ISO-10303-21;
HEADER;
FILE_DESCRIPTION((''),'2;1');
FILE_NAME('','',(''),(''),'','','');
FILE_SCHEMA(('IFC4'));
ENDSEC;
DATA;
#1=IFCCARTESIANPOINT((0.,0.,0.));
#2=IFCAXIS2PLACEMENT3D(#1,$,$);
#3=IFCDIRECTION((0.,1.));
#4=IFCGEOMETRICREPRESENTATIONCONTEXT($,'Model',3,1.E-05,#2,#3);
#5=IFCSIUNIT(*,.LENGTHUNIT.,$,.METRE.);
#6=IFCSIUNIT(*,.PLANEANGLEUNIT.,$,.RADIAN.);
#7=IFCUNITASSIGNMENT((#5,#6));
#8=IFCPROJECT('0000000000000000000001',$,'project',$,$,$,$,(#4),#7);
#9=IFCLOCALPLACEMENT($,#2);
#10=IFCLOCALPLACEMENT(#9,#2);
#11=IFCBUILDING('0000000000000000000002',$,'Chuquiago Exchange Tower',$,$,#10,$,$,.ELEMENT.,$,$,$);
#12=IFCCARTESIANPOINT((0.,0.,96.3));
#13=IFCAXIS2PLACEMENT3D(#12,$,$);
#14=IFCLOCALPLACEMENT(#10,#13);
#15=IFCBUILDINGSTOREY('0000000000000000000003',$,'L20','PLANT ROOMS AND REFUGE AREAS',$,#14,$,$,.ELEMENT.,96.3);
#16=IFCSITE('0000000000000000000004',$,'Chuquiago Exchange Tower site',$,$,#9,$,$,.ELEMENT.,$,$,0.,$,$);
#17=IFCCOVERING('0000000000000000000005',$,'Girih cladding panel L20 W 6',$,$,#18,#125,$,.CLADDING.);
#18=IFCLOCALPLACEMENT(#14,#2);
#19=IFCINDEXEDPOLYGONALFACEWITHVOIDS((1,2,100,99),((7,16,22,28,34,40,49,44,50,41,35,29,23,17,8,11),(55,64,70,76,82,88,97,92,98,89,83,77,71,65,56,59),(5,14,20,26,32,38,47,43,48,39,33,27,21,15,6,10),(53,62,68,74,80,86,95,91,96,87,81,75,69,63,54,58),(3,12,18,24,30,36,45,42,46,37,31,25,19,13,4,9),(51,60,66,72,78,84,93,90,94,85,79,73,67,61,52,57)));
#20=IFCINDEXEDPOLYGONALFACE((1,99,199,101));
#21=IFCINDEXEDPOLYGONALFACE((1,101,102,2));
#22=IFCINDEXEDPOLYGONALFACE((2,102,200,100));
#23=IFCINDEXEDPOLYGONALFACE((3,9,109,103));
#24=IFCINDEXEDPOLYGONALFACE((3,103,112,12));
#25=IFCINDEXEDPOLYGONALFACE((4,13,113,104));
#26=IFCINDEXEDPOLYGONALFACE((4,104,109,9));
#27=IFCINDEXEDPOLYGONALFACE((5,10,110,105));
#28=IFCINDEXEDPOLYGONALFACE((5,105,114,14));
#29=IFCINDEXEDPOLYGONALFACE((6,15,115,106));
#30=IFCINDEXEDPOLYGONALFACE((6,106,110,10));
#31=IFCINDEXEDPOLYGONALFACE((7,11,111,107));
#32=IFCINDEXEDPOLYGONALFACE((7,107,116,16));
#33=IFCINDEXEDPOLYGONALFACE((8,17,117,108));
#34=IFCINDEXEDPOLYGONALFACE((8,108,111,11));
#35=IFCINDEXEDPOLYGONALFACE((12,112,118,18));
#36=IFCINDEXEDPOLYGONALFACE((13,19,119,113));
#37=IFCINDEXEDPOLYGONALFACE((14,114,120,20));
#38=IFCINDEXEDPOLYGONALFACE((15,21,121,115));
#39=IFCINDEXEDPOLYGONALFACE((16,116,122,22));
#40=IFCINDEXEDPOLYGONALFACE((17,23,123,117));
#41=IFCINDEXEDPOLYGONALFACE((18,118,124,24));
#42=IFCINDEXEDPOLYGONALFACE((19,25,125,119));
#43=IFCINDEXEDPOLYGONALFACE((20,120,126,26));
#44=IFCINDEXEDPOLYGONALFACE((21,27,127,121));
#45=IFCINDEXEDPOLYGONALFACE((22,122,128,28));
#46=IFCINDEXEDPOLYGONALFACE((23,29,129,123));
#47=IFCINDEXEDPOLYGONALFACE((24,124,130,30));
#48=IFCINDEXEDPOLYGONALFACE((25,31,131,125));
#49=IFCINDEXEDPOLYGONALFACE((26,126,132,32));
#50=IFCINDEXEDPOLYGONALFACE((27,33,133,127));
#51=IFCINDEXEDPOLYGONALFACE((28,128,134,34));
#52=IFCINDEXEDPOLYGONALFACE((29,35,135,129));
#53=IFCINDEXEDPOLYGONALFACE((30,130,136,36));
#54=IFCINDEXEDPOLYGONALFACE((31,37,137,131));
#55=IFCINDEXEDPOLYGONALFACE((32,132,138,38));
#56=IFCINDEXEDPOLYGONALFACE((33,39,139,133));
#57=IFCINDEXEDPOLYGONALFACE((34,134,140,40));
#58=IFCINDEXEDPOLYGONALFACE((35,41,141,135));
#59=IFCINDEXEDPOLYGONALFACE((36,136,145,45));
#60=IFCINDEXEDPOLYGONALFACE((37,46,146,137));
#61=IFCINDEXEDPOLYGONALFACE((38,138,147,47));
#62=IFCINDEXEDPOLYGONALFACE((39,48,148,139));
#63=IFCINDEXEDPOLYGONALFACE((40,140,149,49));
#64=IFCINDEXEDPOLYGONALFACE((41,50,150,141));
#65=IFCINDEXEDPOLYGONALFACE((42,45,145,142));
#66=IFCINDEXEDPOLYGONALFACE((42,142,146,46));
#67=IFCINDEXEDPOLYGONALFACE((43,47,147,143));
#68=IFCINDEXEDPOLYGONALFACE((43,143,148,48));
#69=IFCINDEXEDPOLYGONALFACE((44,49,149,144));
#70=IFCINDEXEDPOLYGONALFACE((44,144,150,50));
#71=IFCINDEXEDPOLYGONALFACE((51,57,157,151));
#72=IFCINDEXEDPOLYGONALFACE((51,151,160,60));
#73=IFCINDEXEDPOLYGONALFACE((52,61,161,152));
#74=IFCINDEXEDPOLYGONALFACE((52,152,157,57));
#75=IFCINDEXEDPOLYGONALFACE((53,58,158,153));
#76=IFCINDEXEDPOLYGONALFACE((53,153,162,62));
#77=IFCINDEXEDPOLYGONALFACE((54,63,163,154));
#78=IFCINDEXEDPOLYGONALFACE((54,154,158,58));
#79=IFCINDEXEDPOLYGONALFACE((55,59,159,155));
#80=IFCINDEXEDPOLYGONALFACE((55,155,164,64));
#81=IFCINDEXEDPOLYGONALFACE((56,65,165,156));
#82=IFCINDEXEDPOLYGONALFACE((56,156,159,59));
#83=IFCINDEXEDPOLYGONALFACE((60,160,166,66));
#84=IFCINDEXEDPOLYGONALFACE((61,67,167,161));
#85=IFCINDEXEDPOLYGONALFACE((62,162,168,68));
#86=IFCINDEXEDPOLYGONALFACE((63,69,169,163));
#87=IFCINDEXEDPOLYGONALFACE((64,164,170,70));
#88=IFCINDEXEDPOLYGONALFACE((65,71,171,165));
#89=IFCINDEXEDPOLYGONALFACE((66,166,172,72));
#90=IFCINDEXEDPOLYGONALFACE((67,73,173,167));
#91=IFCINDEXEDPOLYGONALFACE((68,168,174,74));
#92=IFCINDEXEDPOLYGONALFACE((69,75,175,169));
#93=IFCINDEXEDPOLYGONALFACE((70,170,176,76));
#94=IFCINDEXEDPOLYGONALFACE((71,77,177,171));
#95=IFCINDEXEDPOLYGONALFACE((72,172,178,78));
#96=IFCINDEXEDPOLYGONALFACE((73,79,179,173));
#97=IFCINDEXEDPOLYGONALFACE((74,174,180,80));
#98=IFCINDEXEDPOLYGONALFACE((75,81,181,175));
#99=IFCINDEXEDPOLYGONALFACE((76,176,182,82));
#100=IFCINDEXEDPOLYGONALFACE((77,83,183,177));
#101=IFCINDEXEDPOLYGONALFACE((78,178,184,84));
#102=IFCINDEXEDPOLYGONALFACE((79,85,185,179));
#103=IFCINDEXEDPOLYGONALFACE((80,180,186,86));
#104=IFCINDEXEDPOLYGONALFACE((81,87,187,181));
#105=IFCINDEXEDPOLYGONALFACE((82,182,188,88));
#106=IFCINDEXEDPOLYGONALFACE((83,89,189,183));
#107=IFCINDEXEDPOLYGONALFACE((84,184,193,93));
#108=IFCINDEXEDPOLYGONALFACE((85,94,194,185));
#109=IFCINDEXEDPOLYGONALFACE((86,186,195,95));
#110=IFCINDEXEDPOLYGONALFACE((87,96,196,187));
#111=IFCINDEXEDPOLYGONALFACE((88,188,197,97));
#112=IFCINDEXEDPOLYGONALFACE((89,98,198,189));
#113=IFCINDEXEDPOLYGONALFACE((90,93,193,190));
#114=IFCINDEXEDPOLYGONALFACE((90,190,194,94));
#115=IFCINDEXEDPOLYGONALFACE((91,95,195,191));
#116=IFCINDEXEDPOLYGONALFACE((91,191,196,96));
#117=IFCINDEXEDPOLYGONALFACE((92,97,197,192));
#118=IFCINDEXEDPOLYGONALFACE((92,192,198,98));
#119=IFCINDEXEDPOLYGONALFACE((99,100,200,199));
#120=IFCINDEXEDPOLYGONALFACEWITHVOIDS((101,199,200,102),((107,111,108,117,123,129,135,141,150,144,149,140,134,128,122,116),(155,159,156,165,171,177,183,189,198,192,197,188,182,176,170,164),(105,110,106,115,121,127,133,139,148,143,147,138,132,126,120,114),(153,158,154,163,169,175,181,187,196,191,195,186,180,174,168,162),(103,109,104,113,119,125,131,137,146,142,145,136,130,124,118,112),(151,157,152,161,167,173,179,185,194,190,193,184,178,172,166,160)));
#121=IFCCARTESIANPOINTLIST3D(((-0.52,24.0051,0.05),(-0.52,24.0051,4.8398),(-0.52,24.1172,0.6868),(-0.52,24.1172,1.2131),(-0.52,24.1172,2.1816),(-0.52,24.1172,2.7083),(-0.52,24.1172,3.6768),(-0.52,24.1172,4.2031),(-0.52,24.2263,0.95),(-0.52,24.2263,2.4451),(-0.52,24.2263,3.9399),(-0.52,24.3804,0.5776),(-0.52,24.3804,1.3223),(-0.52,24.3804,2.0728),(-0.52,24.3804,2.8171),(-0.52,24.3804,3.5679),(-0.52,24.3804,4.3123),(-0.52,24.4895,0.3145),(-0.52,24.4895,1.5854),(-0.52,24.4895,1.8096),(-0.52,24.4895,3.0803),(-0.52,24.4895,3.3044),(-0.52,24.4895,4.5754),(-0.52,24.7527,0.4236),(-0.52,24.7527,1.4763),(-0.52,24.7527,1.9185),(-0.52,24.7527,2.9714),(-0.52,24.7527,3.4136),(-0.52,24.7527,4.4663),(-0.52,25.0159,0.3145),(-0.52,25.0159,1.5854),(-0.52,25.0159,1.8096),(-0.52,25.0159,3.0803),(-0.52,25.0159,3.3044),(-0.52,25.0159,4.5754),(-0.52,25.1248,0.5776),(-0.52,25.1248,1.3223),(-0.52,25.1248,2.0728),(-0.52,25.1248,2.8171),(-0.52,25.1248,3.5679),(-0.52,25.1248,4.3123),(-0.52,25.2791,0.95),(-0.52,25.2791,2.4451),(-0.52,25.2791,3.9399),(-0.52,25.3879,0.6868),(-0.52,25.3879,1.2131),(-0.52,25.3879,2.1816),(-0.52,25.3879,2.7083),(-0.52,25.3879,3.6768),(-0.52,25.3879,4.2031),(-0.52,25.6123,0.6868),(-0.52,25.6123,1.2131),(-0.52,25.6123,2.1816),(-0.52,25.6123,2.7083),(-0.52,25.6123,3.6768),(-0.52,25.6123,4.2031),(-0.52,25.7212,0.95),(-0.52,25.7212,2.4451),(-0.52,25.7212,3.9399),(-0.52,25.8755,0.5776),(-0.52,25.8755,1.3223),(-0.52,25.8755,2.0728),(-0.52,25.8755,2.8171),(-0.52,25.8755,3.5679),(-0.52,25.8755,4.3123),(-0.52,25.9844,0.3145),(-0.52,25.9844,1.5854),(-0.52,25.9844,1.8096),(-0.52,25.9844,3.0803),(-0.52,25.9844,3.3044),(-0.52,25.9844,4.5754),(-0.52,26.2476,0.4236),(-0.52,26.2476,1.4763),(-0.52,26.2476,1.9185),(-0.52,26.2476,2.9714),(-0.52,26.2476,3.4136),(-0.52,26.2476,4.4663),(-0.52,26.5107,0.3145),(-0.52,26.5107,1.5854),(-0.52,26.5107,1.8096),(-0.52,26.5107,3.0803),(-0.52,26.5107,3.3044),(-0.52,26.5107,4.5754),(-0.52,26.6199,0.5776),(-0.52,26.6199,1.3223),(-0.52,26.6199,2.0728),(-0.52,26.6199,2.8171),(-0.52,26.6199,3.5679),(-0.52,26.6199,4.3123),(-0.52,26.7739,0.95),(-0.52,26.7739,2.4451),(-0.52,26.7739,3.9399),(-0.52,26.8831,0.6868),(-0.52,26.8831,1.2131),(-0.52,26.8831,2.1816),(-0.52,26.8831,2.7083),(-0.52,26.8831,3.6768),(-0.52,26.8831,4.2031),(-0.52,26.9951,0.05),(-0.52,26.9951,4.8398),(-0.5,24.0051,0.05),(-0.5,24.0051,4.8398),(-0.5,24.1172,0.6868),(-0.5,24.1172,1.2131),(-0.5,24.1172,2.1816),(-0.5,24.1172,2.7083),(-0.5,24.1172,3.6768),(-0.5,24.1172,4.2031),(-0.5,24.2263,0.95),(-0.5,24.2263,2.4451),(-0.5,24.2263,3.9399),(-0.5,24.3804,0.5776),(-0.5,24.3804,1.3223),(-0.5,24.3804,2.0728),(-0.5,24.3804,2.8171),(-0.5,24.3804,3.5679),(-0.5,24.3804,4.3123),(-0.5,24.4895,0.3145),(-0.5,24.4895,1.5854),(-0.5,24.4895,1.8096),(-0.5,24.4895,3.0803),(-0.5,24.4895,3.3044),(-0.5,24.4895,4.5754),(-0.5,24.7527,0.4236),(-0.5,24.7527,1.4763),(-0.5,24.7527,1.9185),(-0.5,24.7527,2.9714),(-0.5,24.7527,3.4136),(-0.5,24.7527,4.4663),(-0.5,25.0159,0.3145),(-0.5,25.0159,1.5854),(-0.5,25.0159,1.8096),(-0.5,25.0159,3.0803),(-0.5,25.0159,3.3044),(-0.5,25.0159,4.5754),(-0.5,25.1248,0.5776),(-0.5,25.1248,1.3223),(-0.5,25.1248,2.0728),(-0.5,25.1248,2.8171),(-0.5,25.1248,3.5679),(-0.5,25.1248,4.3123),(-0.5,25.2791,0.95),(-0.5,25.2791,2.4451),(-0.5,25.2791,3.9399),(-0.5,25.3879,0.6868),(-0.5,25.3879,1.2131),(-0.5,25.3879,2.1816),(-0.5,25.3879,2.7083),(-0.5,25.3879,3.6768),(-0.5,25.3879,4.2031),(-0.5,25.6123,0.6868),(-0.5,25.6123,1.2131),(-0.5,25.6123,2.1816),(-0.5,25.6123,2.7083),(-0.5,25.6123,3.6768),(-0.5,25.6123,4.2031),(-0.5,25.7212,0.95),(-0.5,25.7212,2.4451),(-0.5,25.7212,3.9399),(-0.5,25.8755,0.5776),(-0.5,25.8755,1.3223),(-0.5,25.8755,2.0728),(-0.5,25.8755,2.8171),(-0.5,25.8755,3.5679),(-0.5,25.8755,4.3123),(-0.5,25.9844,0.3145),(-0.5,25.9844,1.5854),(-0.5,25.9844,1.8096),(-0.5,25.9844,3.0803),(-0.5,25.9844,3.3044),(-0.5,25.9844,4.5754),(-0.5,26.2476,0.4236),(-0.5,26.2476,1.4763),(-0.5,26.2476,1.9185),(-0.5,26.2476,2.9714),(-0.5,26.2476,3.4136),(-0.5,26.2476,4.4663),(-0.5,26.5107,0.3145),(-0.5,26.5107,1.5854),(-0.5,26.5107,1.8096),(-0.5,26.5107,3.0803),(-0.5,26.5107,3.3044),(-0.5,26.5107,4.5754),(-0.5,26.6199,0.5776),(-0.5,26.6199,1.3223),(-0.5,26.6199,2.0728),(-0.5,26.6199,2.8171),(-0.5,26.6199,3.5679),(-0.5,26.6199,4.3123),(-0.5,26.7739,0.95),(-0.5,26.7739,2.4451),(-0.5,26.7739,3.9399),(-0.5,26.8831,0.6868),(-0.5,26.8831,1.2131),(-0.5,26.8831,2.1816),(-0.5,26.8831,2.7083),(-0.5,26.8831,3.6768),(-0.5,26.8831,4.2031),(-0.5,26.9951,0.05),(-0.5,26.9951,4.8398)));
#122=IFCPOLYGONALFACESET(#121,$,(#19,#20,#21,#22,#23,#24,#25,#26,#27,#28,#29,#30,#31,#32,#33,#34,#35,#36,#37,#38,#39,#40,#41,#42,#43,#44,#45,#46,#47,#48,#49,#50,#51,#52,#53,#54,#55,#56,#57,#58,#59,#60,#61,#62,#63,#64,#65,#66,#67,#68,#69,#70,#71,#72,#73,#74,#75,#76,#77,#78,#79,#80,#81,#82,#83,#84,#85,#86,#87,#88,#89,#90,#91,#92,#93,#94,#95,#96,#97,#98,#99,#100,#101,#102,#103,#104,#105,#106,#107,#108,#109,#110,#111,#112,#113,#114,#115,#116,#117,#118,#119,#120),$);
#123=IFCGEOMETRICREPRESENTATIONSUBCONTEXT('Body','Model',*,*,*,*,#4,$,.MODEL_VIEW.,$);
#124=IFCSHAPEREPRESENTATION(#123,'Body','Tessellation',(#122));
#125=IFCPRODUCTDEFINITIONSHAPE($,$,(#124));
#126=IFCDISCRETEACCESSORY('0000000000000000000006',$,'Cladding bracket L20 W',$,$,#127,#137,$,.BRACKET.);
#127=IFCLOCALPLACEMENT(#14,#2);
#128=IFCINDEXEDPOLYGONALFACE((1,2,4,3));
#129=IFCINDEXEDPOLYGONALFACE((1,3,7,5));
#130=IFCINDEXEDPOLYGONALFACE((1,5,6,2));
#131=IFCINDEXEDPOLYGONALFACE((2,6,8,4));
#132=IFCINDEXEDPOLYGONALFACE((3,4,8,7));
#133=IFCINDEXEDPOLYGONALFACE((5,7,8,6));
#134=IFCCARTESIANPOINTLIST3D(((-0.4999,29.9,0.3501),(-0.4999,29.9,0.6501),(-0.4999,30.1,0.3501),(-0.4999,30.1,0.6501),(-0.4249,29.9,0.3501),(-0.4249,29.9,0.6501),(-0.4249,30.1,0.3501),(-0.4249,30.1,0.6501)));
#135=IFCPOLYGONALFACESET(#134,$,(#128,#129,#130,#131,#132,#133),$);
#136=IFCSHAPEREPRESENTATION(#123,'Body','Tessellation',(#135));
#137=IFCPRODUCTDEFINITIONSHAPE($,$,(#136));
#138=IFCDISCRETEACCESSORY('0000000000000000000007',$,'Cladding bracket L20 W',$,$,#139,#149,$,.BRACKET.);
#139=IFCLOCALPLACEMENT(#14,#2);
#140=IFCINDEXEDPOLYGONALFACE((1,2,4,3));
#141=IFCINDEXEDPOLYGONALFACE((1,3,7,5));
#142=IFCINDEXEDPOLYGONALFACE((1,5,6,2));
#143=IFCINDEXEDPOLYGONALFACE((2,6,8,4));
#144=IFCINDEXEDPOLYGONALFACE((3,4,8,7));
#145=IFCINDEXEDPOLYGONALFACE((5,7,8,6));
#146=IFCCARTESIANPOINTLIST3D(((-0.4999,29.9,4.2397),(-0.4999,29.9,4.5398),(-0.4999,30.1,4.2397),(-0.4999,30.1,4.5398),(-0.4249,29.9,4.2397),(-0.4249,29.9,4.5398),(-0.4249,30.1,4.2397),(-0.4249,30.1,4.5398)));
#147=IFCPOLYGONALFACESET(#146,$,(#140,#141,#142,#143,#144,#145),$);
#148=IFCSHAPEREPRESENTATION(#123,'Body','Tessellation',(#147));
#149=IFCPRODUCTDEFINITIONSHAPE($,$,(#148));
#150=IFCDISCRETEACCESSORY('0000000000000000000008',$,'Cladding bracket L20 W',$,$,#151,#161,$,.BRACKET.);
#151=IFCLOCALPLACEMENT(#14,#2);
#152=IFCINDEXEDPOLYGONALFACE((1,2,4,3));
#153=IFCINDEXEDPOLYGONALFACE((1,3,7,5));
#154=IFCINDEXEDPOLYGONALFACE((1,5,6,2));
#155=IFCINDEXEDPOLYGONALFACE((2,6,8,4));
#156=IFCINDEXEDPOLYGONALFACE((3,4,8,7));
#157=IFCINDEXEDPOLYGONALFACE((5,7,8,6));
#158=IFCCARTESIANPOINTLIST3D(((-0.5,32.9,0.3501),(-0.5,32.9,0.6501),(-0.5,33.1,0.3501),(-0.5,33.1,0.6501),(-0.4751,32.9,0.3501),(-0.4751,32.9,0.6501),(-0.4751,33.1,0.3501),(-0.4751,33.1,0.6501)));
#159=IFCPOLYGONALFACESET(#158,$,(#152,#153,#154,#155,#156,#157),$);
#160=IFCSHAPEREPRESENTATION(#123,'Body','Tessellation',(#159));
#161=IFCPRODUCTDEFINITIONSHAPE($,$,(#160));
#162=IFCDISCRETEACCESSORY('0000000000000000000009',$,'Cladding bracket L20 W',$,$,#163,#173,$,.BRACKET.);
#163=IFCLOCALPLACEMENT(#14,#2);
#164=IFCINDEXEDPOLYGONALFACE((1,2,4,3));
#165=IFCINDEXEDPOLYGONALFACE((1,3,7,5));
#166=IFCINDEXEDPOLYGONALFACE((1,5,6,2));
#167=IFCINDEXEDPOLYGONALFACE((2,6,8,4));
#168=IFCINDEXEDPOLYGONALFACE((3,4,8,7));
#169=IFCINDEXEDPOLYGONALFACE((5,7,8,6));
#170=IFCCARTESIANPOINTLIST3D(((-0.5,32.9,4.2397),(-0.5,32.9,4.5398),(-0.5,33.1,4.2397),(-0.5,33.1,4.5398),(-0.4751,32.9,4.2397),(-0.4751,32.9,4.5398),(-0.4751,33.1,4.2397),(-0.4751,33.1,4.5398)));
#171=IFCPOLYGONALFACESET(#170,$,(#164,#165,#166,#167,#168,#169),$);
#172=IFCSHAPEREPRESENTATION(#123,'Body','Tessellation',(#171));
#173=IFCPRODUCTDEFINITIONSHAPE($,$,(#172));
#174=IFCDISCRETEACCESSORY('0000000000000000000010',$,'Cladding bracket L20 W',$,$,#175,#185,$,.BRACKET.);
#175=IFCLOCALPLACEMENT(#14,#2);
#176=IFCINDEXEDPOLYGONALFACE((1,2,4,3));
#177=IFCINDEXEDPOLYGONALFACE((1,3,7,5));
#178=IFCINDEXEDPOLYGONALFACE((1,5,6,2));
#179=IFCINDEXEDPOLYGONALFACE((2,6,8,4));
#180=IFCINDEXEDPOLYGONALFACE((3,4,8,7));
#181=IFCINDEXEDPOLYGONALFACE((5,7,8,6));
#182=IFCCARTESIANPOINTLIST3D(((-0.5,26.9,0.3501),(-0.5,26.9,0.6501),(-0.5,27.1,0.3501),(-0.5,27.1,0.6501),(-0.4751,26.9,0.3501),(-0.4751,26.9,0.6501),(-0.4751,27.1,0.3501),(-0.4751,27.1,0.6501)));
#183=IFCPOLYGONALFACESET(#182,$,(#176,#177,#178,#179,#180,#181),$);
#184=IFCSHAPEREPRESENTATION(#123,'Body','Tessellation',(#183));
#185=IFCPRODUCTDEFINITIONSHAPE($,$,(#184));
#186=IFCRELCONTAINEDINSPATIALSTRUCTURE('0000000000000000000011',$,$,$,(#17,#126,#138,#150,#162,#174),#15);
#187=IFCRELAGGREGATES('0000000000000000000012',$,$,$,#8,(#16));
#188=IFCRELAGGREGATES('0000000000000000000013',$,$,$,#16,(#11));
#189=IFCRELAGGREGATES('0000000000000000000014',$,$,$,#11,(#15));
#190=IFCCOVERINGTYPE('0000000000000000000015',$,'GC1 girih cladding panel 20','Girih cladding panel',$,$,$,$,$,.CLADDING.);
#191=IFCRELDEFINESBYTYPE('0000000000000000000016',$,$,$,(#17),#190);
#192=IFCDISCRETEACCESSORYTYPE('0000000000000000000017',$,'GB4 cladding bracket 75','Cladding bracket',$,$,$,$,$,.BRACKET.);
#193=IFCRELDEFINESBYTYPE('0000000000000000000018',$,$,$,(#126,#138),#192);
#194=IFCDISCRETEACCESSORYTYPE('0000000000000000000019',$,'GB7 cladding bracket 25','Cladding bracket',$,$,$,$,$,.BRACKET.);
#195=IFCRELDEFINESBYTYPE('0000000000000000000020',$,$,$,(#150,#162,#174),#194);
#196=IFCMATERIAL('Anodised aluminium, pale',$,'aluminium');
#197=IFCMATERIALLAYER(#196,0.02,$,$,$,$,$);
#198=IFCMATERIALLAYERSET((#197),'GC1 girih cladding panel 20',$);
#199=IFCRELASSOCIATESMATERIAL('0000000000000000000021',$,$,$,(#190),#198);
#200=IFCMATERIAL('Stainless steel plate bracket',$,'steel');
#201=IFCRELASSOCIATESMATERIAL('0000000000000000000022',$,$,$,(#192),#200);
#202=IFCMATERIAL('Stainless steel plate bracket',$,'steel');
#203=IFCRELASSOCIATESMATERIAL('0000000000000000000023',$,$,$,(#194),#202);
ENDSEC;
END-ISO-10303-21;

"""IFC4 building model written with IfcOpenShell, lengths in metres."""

from ifc_helpers import new_model, si_unit, direction, frame, origin, origin_2d, place, context, subcontext, project, spatial, polyline, rectangle, outline, extrude, material, layer, layer_set, type_object, element, save


model = new_model("IFC4")

# Units and contexts
model_context = context("Model", 3, precision=1e-05, world=origin(), true_north=direction((0.0, 1.0)))
body_context = subcontext(model_context, "Body", "Model", "MODEL_VIEW")
ifc_project = project(units=[si_unit("LENGTHUNIT", "METRE"), si_unit("PLANEANGLEUNIT", "RADIAN")], contexts=[model_context])

# Site, building, storey
site_placement = place(None, origin())
site = spatial("IfcSite", under=ifc_project, at=site_placement, Name="Chuquiago Exchange Tower site", CompositionType="ELEMENT", RefElevation=0.0)
building_placement = place(site_placement, origin())
building = spatial("IfcBuilding", under=site, at=building_placement, Name="Chuquiago Exchange Tower", CompositionType="ELEMENT")
storey_placement = place(building_placement, frame((0.0, 0.0, 96.3)))
storey = spatial("IfcBuildingStorey", under=building, at=storey_placement, Name="L20", Description="PLANT ROOMS AND REFUGE AREAS", CompositionType="ELEMENT", Elevation=96.3)

# Covering
ifc_material_1 = material(Name="Anodised aluminium, pale", Category="aluminium")
ifc_layer_1 = layer(ifc_material_1, 0.02)
ifc_layer_set_1 = layer_set([ifc_layer_1], Name="GC1 girih cladding panel 20")
covering_type = type_object("IfcCoveringType", Name="GC1 girih cladding panel 20", Description="Girih cladding panel", PredefinedType="CLADDING", material=ifc_layer_set_1)
covering_1_placement = place(storey_placement, frame((-0.5, 26.9951, 0.05), z_axis=(0.0, 0.0, 1.0), x_axis=(0.0, -1.0, 0.0)))
element("IfcCovering", 1, at=covering_1_placement, inside=storey, type_object=covering_type, Name="Girih cladding panel L20 W 6", PredefinedType="CLADDING", context=body_context, shape_type="SweptSolid", body=[
    extrude(outline(polyline([(0.0, 0.0), (2.99, 0.0), (2.99, 4.7898), (0.0, 4.7898), (0.0, 0.0)]), holes=[polyline([(1.2739, 0.8999), (1.3828, 1.1631), (1.1196, 1.2722), (1.0107, 1.5354), (0.7476, 1.4263), (0.4844, 1.5354), (0.3752, 1.2722), (0.1121, 1.1631), (0.2212, 0.8999), (0.1121, 0.6367), (0.3752, 0.5276), (0.4844, 0.2644), (0.7476, 0.3735), (1.0107, 0.2644), (1.1196, 0.5276), (1.3828, 0.6367), (1.2739, 0.8999)]), polyline([(2.7688, 0.8999), (2.8779, 1.1631), (2.6147, 1.2722), (2.5056, 1.5354), (2.2424, 1.4263), (1.9792, 1.5354), (1.8704, 1.2722), (1.6072, 1.1631), (1.7161, 0.8999), (1.6072, 0.6367), (1.8704, 0.5276), (1.9792, 0.2644), (2.2424, 0.3735), (2.5056, 0.2644), (2.6147, 0.5276), (2.8779, 0.6367), (2.7688, 0.8999)]), polyline([(1.2739, 2.395), (1.3828, 2.6582), (1.1196, 2.7671), (1.0107, 3.0303), (0.7476, 2.9214), (0.4844, 3.0303), (0.3752, 2.7671), (0.1121, 2.6582), (0.2212, 2.395), (0.1121, 2.1316), (0.3752, 2.0227), (0.4844, 1.7595), (0.7476, 1.8684), (1.0107, 1.7595), (1.1196, 2.0227), (1.3828, 2.1316), (1.2739, 2.395)]), polyline([(2.7688, 2.395), (2.8779, 2.6582), (2.6147, 2.7671), (2.5056, 3.0303), (2.2424, 2.9214), (1.9792, 3.0303), (1.8704, 2.7671), (1.6072, 2.6582), (1.7161, 2.395), (1.6072, 2.1316), (1.8704, 2.0227), (1.9792, 1.7595), (2.2424, 1.8684), (2.5056, 1.7595), (2.6147, 2.0227), (2.8779, 2.1316), (2.7688, 2.395)]), polyline([(1.2739, 3.8899), (1.3828, 4.1531), (1.1196, 4.2622), (1.0107, 4.5254), (0.7476, 4.4163), (0.4844, 4.5254), (0.3752, 4.2622), (0.1121, 4.1531), (0.2212, 3.8899), (0.1121, 3.6267), (0.3752, 3.5178), (0.4844, 3.2544), (0.7476, 3.3635), (1.0107, 3.2544), (1.1196, 3.5178), (1.3828, 3.6267), (1.2739, 3.8899)]), polyline([(2.7688, 3.8899), (2.8779, 4.1531), (2.6147, 4.2622), (2.5056, 4.5254), (2.2424, 4.4163), (1.9792, 4.5254), (1.8704, 4.2622), (1.6072, 4.1531), (1.7161, 3.8899), (1.6072, 3.6267), (1.8704, 3.5178), (1.9792, 3.2544), (2.2424, 3.3635), (2.5056, 3.2544), (2.6147, 3.5178), (2.8779, 3.6267), (2.7688, 3.8899)])]), frame((0.0, 0.0, 0.0), z_axis=(0.0, -1.0, 0.0), x_axis=(1.0, 0.0, 0.0)), (0.0, 0.0, 1.0), 0.02),
])

# Discrete accessories
ifc_material_2 = material(Name="Stainless steel plate bracket", Category="steel")
discrete_accessory_type_1 = type_object("IfcDiscreteAccessoryType", Name="GB4 cladding bracket 75", Description="Cladding bracket", PredefinedType="BRACKET", material=ifc_material_2)
for number, where, z_axis, x_axis, name in (
    (2, (-0.4624, 30.0, 0.3501), (0.0, 0.0, 1.0), (0.0, -1.0, 0.0), "Cladding bracket L20 W"),
    (3, (-0.4624, 30.0, 4.2397), (0.0, 0.0, 1.0), (0.0, -1.0, 0.0), "Cladding bracket L20 W"),
):
    element("IfcDiscreteAccessory", number, at=place(storey_placement, frame(where, z_axis=z_axis, x_axis=x_axis)), inside=storey, type_object=discrete_accessory_type_1, Name=name, PredefinedType="BRACKET", context=body_context, shape_type="SweptSolid", body=[
        extrude(rectangle(XDim=0.2, YDim=0.075, at=origin_2d()), origin(), (0.0, 0.0, 1.0), 0.3),
    ])
ifc_material_3 = material(Name="Stainless steel plate bracket", Category="steel")
discrete_accessory_type_2 = type_object("IfcDiscreteAccessoryType", Name="GB7 cladding bracket 25", Description="Cladding bracket", PredefinedType="BRACKET", material=ifc_material_3)
for number, where, z_axis, x_axis, name in (
    (4, (-0.4875, 33.0, 0.3501), (0.0, 0.0, 1.0), (0.0, -1.0, 0.0), "Cladding bracket L20 W"),
    (5, (-0.4875, 33.0, 4.2397), (0.0, 0.0, 1.0), (0.0, -1.0, 0.0), "Cladding bracket L20 W"),
    (6, (-0.4875, 27.0, 0.3501), (0.0, 0.0, 1.0), (0.0, -1.0, 0.0), "Cladding bracket L20 W"),
):
    element("IfcDiscreteAccessory", number, at=place(storey_placement, frame(where, z_axis=z_axis, x_axis=x_axis)), inside=storey, type_object=discrete_accessory_type_2, Name=name, PredefinedType="BRACKET", context=body_context, shape_type="SweptSolid", body=[
        extrude(rectangle(XDim=0.2, YDim=0.0249, at=origin_2d()), origin(), (0.0, 0.0, 1.0), 0.3),
    ])

save(model, "model.ifc")
